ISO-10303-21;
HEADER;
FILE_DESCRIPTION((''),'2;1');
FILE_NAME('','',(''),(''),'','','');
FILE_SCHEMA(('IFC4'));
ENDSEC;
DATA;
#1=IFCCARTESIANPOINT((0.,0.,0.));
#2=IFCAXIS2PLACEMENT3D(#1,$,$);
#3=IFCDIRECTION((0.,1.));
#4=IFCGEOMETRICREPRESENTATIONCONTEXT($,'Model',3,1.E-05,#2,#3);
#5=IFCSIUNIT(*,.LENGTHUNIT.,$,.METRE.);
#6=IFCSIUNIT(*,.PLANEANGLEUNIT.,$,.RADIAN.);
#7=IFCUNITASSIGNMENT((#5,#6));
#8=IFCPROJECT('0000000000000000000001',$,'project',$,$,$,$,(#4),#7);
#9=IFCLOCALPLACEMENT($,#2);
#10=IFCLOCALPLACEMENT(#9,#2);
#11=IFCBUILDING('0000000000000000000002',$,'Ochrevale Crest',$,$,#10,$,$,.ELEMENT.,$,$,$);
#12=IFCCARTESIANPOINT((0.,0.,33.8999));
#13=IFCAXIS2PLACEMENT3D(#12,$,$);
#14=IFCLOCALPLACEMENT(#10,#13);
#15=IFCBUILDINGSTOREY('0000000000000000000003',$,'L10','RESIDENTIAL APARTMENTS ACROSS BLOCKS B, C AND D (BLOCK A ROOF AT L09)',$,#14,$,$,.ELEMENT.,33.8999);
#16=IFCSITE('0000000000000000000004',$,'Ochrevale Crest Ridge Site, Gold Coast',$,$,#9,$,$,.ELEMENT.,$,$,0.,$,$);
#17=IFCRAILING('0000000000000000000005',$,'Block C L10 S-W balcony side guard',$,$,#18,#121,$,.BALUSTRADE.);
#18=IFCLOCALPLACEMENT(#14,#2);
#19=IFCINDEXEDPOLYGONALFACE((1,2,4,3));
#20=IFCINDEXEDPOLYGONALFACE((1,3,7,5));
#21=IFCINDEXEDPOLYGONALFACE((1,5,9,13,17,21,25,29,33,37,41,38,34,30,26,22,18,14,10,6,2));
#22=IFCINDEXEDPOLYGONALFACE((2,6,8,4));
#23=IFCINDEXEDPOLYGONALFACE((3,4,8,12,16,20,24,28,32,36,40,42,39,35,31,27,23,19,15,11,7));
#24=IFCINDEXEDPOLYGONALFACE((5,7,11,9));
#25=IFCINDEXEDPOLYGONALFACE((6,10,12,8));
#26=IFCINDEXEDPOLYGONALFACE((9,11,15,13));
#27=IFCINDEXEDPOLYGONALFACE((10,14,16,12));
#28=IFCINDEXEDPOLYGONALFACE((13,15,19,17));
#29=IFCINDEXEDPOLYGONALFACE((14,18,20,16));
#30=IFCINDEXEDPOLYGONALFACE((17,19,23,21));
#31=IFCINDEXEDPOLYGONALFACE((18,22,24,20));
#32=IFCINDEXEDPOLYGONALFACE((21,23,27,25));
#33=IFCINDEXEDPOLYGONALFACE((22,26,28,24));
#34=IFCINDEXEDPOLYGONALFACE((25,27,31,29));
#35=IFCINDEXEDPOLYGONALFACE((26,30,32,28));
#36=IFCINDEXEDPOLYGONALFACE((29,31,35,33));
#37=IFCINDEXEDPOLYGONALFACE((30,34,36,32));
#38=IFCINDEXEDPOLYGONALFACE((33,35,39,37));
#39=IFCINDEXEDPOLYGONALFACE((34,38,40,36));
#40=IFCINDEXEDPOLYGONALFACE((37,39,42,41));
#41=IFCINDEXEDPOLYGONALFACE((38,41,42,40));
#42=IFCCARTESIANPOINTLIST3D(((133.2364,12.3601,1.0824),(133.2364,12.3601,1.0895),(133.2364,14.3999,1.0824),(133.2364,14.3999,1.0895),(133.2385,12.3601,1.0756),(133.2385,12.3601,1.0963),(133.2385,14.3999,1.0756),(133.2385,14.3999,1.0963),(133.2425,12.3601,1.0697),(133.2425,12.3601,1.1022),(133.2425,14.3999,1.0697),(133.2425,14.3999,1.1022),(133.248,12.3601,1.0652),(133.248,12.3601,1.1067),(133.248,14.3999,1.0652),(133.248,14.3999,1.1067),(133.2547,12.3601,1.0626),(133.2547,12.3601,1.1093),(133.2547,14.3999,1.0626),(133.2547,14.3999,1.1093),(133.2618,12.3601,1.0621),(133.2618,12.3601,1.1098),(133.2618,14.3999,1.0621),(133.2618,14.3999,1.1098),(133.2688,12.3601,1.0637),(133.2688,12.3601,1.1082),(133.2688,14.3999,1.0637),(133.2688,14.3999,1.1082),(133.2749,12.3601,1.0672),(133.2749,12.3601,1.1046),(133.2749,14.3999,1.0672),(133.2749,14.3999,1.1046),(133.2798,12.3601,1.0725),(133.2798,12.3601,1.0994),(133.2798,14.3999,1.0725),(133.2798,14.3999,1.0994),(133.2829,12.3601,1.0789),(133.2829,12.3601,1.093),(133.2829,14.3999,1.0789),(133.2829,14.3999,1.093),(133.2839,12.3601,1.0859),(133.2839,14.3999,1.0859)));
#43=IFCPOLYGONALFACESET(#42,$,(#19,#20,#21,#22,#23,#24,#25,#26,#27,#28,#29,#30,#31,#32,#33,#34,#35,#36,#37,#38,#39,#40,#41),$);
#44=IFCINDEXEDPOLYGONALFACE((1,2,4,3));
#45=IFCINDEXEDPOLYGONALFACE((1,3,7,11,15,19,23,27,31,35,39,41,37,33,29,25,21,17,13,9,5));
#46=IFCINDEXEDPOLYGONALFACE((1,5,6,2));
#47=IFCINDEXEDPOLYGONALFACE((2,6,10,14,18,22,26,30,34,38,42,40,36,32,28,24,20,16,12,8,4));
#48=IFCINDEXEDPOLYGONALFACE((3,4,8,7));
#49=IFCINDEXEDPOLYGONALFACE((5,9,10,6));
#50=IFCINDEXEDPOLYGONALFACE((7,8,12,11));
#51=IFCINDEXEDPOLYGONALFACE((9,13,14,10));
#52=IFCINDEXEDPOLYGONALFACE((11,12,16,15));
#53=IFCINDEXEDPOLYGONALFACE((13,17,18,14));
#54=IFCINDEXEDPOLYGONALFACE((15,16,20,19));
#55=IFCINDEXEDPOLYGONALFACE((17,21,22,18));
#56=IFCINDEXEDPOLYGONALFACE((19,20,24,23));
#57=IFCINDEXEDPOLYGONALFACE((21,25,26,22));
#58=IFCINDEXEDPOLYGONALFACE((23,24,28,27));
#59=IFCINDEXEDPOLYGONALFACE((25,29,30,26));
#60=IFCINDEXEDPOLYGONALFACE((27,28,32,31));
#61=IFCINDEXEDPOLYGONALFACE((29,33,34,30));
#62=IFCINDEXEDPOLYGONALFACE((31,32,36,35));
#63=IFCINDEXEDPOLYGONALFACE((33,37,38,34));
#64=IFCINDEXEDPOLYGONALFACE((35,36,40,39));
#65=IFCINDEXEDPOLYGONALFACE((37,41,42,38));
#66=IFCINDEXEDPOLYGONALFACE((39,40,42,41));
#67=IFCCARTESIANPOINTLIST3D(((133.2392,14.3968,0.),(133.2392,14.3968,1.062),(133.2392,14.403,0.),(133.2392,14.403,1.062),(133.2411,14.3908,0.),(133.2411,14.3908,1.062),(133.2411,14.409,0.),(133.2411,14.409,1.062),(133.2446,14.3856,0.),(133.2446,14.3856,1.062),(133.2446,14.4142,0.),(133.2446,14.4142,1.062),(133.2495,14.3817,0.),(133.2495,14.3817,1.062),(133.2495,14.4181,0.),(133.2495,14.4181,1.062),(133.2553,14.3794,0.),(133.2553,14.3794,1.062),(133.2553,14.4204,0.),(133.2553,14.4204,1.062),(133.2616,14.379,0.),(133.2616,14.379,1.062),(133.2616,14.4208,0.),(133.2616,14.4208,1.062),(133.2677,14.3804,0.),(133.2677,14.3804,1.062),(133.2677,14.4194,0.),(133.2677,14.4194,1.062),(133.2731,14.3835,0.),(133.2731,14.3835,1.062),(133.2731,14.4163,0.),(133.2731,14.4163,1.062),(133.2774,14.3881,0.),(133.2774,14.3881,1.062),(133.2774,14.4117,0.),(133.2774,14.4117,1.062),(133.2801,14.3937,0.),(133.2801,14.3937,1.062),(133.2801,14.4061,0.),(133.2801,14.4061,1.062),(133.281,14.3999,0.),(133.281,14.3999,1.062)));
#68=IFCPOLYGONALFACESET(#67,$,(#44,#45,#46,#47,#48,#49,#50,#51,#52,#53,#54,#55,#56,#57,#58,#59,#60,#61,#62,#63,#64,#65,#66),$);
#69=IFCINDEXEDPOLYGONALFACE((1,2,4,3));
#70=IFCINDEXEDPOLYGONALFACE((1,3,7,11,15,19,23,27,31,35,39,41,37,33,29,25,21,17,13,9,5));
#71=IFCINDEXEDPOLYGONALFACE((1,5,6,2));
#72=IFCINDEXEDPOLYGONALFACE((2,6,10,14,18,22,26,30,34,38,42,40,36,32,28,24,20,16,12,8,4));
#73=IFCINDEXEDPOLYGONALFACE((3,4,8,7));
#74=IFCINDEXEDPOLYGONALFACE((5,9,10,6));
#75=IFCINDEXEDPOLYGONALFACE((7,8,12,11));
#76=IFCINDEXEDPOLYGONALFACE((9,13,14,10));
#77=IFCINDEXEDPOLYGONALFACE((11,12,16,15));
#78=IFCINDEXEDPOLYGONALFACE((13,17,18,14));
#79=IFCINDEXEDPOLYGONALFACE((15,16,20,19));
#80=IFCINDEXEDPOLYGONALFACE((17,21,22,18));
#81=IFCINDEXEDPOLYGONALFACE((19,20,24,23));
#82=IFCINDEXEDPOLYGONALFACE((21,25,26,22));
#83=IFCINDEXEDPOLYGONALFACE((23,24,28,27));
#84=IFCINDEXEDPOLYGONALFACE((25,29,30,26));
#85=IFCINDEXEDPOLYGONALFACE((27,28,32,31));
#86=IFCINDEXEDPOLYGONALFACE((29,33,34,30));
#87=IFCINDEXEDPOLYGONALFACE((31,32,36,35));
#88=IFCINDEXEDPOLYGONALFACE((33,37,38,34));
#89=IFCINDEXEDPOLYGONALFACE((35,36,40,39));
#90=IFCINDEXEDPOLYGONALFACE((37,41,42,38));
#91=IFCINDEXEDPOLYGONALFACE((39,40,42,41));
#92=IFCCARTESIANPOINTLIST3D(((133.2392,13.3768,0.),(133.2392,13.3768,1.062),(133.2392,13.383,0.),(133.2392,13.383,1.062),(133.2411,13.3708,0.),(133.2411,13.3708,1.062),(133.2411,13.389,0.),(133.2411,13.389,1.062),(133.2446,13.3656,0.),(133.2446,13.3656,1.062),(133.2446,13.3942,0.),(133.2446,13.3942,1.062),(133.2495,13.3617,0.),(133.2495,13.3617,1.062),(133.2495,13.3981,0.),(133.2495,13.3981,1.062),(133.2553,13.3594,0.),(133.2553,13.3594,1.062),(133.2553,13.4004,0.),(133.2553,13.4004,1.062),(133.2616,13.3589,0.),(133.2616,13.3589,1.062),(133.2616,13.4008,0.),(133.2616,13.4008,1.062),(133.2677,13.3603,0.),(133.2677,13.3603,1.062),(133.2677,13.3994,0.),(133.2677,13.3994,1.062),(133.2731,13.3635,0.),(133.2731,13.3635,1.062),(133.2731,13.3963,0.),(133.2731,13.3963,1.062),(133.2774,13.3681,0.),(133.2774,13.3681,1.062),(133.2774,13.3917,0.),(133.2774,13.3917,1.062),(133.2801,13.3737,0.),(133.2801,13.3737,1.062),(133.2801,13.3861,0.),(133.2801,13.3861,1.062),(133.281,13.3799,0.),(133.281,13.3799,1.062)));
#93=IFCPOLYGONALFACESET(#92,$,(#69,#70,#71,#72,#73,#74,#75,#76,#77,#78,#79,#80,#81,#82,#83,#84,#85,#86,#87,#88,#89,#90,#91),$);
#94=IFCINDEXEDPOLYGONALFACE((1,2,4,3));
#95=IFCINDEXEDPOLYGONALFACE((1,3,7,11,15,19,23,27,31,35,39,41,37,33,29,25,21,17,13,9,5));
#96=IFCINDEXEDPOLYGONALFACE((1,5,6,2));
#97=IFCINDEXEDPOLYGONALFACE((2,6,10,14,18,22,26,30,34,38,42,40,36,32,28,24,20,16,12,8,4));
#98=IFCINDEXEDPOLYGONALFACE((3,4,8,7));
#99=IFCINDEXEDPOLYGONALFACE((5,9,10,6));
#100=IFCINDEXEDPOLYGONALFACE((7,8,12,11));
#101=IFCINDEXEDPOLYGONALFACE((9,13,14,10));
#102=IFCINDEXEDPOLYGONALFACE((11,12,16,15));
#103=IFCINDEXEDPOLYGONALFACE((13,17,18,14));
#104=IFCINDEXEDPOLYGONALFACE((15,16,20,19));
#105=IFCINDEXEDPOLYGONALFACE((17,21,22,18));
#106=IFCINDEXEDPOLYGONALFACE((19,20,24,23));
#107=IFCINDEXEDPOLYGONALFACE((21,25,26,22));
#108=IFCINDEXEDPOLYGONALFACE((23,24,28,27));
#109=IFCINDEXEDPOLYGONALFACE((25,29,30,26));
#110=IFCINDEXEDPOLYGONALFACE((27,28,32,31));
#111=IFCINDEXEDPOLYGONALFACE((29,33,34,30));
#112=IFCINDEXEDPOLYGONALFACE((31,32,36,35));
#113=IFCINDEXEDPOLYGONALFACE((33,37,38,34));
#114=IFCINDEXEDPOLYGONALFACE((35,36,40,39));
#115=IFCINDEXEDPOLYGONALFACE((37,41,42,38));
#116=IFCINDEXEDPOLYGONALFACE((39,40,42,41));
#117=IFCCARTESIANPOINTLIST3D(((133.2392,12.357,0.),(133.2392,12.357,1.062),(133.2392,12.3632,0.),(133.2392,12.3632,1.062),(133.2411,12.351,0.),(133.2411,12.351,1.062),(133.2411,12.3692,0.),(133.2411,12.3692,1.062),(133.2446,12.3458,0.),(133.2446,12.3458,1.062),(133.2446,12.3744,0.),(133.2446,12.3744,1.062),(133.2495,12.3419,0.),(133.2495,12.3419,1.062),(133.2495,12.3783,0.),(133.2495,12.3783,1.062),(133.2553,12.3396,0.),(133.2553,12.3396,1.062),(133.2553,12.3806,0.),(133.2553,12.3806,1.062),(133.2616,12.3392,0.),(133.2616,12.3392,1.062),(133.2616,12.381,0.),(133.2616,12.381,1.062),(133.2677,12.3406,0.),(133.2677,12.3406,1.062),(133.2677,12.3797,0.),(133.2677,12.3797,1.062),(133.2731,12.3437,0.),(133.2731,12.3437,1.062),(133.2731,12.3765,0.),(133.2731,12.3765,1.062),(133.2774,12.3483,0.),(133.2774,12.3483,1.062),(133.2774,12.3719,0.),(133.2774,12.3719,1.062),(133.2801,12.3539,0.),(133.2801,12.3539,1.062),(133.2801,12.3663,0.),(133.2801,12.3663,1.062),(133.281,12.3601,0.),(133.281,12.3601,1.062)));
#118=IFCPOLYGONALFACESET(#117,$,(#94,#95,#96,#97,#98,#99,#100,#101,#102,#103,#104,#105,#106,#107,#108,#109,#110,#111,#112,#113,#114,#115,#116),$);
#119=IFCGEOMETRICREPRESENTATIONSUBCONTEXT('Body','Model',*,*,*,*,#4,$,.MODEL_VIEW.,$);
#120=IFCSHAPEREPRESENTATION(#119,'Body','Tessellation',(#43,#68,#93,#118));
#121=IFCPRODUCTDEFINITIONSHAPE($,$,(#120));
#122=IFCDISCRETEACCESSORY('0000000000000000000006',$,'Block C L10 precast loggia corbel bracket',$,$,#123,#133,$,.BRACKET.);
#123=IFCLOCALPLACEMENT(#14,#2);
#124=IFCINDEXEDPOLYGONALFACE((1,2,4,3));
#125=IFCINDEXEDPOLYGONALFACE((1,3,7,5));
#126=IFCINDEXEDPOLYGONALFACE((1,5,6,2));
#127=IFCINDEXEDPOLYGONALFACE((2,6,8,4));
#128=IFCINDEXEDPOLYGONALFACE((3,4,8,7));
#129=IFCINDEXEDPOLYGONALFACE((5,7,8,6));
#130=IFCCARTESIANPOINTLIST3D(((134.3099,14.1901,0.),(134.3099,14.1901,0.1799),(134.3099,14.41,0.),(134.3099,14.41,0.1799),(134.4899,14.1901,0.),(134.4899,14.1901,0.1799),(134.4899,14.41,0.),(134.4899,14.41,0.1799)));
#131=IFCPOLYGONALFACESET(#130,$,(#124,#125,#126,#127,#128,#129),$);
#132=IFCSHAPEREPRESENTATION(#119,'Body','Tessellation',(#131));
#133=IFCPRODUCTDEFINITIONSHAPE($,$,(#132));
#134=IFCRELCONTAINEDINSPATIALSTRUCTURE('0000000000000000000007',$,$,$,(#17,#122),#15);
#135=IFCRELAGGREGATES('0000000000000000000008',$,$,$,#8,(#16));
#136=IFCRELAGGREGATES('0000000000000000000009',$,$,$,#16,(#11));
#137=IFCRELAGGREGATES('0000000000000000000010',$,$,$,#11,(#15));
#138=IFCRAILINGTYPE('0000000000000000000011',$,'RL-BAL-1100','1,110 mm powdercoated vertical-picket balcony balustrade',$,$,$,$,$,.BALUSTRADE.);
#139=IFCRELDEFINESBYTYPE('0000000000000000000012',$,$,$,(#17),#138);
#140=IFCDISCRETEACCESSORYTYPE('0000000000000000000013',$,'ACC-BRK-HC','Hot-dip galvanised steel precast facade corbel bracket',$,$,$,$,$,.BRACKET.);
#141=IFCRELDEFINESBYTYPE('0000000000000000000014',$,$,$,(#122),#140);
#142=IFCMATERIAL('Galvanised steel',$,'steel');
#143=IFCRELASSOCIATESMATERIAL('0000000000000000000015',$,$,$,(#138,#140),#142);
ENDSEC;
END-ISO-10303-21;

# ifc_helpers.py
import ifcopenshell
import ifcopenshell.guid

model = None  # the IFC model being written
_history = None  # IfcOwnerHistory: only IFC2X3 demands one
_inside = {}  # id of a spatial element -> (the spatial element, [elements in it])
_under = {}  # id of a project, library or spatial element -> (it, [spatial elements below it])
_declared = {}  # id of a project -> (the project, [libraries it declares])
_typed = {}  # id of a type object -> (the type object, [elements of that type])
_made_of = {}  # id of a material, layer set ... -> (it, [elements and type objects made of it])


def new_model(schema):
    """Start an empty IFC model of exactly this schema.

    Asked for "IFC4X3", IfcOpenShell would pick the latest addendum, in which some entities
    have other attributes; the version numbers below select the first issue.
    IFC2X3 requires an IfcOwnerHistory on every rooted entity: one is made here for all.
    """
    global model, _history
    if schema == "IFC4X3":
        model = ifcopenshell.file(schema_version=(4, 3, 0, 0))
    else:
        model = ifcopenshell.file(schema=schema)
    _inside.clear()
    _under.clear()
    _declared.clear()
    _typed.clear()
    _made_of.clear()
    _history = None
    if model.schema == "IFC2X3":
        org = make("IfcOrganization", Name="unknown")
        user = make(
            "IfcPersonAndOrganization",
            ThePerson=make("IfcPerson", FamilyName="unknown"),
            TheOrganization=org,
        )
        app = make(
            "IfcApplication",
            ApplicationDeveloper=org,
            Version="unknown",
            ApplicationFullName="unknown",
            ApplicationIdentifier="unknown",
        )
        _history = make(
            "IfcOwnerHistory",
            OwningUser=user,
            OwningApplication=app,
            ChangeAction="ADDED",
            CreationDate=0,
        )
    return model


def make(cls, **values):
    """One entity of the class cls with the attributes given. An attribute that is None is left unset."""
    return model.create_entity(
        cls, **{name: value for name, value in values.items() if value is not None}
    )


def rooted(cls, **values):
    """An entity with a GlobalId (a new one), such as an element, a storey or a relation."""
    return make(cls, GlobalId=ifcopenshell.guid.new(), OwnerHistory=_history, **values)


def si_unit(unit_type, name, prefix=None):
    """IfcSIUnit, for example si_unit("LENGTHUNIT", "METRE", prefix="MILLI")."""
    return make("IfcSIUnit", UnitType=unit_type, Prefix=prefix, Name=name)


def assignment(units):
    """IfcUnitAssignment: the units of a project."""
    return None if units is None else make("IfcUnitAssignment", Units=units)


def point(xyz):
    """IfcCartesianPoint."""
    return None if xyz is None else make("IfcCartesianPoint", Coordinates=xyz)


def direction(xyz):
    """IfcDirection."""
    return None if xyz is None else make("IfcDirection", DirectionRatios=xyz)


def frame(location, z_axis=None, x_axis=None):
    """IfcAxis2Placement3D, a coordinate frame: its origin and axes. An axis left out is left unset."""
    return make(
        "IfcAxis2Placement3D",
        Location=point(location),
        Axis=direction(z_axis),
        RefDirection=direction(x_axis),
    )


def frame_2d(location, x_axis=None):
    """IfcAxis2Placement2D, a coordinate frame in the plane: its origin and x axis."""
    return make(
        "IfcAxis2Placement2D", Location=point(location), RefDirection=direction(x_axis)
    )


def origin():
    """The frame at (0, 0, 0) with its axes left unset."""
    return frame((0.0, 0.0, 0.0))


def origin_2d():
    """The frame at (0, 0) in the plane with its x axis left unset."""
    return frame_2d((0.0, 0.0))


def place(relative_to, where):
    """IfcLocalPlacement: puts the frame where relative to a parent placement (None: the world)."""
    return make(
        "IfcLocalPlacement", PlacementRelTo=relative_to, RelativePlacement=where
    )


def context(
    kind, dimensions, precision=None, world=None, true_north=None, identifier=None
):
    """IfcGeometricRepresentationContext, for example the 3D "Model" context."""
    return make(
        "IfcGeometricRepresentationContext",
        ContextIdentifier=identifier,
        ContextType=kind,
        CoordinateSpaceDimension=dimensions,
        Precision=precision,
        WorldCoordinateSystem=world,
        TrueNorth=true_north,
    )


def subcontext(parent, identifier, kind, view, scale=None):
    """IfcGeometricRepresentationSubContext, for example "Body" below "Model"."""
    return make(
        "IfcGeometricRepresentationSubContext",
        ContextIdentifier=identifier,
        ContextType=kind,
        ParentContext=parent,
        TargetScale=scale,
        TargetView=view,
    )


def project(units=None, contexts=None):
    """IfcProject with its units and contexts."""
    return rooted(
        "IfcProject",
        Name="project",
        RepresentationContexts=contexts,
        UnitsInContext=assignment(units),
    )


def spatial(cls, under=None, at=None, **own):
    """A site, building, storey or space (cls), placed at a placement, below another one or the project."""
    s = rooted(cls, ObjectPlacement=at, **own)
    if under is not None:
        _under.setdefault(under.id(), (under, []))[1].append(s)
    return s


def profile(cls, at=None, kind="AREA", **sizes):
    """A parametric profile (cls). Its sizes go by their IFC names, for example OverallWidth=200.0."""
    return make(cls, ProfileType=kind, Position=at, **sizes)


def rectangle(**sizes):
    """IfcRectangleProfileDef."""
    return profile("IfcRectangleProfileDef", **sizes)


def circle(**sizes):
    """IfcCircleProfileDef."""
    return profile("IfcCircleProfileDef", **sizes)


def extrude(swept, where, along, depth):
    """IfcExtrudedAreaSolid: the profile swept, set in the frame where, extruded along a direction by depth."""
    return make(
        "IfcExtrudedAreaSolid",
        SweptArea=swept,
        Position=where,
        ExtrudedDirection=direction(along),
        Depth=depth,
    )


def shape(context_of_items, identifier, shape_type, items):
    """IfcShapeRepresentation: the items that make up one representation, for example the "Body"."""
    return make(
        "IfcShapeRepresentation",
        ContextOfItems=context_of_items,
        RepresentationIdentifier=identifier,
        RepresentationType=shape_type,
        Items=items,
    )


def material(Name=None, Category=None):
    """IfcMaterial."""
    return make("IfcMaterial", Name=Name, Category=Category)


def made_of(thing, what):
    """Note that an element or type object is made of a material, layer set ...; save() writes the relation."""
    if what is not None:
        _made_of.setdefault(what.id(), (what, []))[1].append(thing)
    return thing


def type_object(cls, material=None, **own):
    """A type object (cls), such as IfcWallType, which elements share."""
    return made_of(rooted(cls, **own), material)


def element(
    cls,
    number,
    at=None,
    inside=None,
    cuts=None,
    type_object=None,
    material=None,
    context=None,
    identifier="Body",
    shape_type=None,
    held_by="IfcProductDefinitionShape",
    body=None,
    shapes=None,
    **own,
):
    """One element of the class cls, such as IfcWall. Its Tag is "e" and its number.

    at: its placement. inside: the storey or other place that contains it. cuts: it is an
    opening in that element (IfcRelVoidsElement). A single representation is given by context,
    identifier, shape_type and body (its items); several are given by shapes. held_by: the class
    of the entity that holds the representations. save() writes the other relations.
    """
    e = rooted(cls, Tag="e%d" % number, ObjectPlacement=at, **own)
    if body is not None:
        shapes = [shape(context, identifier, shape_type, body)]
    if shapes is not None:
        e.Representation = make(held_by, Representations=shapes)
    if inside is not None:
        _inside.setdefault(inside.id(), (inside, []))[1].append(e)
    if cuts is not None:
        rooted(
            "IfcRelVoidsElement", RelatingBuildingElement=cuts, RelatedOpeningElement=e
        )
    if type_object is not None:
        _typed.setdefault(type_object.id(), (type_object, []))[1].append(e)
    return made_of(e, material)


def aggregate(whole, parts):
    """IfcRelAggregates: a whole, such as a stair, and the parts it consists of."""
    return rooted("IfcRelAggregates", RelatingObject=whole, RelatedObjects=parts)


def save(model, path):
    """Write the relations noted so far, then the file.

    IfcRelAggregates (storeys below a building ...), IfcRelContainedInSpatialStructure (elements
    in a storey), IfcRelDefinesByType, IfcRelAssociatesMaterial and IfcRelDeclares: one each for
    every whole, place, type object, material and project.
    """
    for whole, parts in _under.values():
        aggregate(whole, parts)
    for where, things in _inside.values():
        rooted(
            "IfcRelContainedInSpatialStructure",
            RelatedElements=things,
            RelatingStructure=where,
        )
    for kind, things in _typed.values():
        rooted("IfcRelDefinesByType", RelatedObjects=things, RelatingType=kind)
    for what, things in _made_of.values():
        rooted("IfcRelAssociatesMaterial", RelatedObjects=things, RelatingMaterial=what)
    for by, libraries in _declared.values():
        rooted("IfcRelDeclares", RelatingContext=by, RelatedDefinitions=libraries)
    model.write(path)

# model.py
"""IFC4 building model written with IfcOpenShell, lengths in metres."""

from ifc_helpers import new_model, si_unit, direction, frame, origin, origin_2d, place, context, subcontext, project, spatial, rectangle, circle, extrude, material, type_object, element, save


model = new_model("IFC4")

# Units and contexts
model_context = context("Model", 3, precision=1e-05, world=origin(), true_north=direction((0.0, 1.0)))
body_context = subcontext(model_context, "Body", "Model", "MODEL_VIEW")
ifc_project = project(units=[si_unit("LENGTHUNIT", "METRE"), si_unit("PLANEANGLEUNIT", "RADIAN")], contexts=[model_context])

# Site, building, storey
site_placement = place(None, origin())
site = spatial("IfcSite", under=ifc_project, at=site_placement, Name="Ochrevale Crest Ridge Site, Gold Coast", CompositionType="ELEMENT", RefElevation=0.0)
building_placement = place(site_placement, origin())
building = spatial("IfcBuilding", under=site, at=building_placement, Name="Ochrevale Crest", CompositionType="ELEMENT")
storey_placement = place(building_placement, frame((0.0, 0.0, 33.8999)))
storey = spatial("IfcBuildingStorey", under=building, at=storey_placement, Name="L10", Description="RESIDENTIAL APARTMENTS ACROSS BLOCKS B, C AND D (BLOCK A ROOF AT L09)", CompositionType="ELEMENT", Elevation=33.8999)

# Railing
ifc_material_1 = material(Name="Galvanised steel", Category="steel")
railing_type = type_object("IfcRailingType", Name="RL-BAL-1100", Description="1,110 mm powdercoated vertical-picket balcony balustrade", PredefinedType="BALUSTRADE", material=ifc_material_1)
railing_1_placement = place(storey_placement, frame((133.26, 14.3999, 0.0)))
element("IfcRailing", 1, at=railing_1_placement, inside=storey, type_object=railing_type, Name="Block C L10 S-W balcony side guard", PredefinedType="BALUSTRADE", context=body_context, shape_type="SweptSolid", body=[
    extrude(circle(Radius=0.0239, at=origin_2d()), frame((0.0, 0.0, 1.0859), z_axis=(0.0, -1.0, 0.0), x_axis=(1.0, 0.0, 0.0)), (0.0, 0.0, 1.0), 2.0398),
    extrude(circle(Radius=0.021, at=origin_2d()), origin(), (0.0, 0.0, 1.0), 1.062),
    extrude(circle(Radius=0.021, at=origin_2d()), frame((0.0, -1.02, 0.0)), (0.0, 0.0, 1.0), 1.062),
    extrude(circle(Radius=0.021, at=origin_2d()), frame((0.0, -2.0398, 0.0)), (0.0, 0.0, 1.0), 1.062),
])

# Discrete accessory
discrete_accessory_type = type_object("IfcDiscreteAccessoryType", Name="ACC-BRK-HC", Description="Hot-dip galvanised steel precast facade corbel bracket", PredefinedType="BRACKET", material=ifc_material_1)
discrete_accessory_placement = place(storey_placement, frame((134.3999, 14.3, 0.0), z_axis=(0.0, 0.0, 1.0), x_axis=(1.0, 0.0, 0.0)))
element("IfcDiscreteAccessory", 2, at=discrete_accessory_placement, inside=storey, type_object=discrete_accessory_type, Name="Block C L10 precast loggia corbel bracket", PredefinedType="BRACKET", context=body_context, shape_type="SweptSolid", body=[
    extrude(rectangle(XDim=0.1799, YDim=0.22, at=origin_2d()), origin(), (0.0, 0.0, 1.0), 0.1799),
])

save(model, "model.ifc")
